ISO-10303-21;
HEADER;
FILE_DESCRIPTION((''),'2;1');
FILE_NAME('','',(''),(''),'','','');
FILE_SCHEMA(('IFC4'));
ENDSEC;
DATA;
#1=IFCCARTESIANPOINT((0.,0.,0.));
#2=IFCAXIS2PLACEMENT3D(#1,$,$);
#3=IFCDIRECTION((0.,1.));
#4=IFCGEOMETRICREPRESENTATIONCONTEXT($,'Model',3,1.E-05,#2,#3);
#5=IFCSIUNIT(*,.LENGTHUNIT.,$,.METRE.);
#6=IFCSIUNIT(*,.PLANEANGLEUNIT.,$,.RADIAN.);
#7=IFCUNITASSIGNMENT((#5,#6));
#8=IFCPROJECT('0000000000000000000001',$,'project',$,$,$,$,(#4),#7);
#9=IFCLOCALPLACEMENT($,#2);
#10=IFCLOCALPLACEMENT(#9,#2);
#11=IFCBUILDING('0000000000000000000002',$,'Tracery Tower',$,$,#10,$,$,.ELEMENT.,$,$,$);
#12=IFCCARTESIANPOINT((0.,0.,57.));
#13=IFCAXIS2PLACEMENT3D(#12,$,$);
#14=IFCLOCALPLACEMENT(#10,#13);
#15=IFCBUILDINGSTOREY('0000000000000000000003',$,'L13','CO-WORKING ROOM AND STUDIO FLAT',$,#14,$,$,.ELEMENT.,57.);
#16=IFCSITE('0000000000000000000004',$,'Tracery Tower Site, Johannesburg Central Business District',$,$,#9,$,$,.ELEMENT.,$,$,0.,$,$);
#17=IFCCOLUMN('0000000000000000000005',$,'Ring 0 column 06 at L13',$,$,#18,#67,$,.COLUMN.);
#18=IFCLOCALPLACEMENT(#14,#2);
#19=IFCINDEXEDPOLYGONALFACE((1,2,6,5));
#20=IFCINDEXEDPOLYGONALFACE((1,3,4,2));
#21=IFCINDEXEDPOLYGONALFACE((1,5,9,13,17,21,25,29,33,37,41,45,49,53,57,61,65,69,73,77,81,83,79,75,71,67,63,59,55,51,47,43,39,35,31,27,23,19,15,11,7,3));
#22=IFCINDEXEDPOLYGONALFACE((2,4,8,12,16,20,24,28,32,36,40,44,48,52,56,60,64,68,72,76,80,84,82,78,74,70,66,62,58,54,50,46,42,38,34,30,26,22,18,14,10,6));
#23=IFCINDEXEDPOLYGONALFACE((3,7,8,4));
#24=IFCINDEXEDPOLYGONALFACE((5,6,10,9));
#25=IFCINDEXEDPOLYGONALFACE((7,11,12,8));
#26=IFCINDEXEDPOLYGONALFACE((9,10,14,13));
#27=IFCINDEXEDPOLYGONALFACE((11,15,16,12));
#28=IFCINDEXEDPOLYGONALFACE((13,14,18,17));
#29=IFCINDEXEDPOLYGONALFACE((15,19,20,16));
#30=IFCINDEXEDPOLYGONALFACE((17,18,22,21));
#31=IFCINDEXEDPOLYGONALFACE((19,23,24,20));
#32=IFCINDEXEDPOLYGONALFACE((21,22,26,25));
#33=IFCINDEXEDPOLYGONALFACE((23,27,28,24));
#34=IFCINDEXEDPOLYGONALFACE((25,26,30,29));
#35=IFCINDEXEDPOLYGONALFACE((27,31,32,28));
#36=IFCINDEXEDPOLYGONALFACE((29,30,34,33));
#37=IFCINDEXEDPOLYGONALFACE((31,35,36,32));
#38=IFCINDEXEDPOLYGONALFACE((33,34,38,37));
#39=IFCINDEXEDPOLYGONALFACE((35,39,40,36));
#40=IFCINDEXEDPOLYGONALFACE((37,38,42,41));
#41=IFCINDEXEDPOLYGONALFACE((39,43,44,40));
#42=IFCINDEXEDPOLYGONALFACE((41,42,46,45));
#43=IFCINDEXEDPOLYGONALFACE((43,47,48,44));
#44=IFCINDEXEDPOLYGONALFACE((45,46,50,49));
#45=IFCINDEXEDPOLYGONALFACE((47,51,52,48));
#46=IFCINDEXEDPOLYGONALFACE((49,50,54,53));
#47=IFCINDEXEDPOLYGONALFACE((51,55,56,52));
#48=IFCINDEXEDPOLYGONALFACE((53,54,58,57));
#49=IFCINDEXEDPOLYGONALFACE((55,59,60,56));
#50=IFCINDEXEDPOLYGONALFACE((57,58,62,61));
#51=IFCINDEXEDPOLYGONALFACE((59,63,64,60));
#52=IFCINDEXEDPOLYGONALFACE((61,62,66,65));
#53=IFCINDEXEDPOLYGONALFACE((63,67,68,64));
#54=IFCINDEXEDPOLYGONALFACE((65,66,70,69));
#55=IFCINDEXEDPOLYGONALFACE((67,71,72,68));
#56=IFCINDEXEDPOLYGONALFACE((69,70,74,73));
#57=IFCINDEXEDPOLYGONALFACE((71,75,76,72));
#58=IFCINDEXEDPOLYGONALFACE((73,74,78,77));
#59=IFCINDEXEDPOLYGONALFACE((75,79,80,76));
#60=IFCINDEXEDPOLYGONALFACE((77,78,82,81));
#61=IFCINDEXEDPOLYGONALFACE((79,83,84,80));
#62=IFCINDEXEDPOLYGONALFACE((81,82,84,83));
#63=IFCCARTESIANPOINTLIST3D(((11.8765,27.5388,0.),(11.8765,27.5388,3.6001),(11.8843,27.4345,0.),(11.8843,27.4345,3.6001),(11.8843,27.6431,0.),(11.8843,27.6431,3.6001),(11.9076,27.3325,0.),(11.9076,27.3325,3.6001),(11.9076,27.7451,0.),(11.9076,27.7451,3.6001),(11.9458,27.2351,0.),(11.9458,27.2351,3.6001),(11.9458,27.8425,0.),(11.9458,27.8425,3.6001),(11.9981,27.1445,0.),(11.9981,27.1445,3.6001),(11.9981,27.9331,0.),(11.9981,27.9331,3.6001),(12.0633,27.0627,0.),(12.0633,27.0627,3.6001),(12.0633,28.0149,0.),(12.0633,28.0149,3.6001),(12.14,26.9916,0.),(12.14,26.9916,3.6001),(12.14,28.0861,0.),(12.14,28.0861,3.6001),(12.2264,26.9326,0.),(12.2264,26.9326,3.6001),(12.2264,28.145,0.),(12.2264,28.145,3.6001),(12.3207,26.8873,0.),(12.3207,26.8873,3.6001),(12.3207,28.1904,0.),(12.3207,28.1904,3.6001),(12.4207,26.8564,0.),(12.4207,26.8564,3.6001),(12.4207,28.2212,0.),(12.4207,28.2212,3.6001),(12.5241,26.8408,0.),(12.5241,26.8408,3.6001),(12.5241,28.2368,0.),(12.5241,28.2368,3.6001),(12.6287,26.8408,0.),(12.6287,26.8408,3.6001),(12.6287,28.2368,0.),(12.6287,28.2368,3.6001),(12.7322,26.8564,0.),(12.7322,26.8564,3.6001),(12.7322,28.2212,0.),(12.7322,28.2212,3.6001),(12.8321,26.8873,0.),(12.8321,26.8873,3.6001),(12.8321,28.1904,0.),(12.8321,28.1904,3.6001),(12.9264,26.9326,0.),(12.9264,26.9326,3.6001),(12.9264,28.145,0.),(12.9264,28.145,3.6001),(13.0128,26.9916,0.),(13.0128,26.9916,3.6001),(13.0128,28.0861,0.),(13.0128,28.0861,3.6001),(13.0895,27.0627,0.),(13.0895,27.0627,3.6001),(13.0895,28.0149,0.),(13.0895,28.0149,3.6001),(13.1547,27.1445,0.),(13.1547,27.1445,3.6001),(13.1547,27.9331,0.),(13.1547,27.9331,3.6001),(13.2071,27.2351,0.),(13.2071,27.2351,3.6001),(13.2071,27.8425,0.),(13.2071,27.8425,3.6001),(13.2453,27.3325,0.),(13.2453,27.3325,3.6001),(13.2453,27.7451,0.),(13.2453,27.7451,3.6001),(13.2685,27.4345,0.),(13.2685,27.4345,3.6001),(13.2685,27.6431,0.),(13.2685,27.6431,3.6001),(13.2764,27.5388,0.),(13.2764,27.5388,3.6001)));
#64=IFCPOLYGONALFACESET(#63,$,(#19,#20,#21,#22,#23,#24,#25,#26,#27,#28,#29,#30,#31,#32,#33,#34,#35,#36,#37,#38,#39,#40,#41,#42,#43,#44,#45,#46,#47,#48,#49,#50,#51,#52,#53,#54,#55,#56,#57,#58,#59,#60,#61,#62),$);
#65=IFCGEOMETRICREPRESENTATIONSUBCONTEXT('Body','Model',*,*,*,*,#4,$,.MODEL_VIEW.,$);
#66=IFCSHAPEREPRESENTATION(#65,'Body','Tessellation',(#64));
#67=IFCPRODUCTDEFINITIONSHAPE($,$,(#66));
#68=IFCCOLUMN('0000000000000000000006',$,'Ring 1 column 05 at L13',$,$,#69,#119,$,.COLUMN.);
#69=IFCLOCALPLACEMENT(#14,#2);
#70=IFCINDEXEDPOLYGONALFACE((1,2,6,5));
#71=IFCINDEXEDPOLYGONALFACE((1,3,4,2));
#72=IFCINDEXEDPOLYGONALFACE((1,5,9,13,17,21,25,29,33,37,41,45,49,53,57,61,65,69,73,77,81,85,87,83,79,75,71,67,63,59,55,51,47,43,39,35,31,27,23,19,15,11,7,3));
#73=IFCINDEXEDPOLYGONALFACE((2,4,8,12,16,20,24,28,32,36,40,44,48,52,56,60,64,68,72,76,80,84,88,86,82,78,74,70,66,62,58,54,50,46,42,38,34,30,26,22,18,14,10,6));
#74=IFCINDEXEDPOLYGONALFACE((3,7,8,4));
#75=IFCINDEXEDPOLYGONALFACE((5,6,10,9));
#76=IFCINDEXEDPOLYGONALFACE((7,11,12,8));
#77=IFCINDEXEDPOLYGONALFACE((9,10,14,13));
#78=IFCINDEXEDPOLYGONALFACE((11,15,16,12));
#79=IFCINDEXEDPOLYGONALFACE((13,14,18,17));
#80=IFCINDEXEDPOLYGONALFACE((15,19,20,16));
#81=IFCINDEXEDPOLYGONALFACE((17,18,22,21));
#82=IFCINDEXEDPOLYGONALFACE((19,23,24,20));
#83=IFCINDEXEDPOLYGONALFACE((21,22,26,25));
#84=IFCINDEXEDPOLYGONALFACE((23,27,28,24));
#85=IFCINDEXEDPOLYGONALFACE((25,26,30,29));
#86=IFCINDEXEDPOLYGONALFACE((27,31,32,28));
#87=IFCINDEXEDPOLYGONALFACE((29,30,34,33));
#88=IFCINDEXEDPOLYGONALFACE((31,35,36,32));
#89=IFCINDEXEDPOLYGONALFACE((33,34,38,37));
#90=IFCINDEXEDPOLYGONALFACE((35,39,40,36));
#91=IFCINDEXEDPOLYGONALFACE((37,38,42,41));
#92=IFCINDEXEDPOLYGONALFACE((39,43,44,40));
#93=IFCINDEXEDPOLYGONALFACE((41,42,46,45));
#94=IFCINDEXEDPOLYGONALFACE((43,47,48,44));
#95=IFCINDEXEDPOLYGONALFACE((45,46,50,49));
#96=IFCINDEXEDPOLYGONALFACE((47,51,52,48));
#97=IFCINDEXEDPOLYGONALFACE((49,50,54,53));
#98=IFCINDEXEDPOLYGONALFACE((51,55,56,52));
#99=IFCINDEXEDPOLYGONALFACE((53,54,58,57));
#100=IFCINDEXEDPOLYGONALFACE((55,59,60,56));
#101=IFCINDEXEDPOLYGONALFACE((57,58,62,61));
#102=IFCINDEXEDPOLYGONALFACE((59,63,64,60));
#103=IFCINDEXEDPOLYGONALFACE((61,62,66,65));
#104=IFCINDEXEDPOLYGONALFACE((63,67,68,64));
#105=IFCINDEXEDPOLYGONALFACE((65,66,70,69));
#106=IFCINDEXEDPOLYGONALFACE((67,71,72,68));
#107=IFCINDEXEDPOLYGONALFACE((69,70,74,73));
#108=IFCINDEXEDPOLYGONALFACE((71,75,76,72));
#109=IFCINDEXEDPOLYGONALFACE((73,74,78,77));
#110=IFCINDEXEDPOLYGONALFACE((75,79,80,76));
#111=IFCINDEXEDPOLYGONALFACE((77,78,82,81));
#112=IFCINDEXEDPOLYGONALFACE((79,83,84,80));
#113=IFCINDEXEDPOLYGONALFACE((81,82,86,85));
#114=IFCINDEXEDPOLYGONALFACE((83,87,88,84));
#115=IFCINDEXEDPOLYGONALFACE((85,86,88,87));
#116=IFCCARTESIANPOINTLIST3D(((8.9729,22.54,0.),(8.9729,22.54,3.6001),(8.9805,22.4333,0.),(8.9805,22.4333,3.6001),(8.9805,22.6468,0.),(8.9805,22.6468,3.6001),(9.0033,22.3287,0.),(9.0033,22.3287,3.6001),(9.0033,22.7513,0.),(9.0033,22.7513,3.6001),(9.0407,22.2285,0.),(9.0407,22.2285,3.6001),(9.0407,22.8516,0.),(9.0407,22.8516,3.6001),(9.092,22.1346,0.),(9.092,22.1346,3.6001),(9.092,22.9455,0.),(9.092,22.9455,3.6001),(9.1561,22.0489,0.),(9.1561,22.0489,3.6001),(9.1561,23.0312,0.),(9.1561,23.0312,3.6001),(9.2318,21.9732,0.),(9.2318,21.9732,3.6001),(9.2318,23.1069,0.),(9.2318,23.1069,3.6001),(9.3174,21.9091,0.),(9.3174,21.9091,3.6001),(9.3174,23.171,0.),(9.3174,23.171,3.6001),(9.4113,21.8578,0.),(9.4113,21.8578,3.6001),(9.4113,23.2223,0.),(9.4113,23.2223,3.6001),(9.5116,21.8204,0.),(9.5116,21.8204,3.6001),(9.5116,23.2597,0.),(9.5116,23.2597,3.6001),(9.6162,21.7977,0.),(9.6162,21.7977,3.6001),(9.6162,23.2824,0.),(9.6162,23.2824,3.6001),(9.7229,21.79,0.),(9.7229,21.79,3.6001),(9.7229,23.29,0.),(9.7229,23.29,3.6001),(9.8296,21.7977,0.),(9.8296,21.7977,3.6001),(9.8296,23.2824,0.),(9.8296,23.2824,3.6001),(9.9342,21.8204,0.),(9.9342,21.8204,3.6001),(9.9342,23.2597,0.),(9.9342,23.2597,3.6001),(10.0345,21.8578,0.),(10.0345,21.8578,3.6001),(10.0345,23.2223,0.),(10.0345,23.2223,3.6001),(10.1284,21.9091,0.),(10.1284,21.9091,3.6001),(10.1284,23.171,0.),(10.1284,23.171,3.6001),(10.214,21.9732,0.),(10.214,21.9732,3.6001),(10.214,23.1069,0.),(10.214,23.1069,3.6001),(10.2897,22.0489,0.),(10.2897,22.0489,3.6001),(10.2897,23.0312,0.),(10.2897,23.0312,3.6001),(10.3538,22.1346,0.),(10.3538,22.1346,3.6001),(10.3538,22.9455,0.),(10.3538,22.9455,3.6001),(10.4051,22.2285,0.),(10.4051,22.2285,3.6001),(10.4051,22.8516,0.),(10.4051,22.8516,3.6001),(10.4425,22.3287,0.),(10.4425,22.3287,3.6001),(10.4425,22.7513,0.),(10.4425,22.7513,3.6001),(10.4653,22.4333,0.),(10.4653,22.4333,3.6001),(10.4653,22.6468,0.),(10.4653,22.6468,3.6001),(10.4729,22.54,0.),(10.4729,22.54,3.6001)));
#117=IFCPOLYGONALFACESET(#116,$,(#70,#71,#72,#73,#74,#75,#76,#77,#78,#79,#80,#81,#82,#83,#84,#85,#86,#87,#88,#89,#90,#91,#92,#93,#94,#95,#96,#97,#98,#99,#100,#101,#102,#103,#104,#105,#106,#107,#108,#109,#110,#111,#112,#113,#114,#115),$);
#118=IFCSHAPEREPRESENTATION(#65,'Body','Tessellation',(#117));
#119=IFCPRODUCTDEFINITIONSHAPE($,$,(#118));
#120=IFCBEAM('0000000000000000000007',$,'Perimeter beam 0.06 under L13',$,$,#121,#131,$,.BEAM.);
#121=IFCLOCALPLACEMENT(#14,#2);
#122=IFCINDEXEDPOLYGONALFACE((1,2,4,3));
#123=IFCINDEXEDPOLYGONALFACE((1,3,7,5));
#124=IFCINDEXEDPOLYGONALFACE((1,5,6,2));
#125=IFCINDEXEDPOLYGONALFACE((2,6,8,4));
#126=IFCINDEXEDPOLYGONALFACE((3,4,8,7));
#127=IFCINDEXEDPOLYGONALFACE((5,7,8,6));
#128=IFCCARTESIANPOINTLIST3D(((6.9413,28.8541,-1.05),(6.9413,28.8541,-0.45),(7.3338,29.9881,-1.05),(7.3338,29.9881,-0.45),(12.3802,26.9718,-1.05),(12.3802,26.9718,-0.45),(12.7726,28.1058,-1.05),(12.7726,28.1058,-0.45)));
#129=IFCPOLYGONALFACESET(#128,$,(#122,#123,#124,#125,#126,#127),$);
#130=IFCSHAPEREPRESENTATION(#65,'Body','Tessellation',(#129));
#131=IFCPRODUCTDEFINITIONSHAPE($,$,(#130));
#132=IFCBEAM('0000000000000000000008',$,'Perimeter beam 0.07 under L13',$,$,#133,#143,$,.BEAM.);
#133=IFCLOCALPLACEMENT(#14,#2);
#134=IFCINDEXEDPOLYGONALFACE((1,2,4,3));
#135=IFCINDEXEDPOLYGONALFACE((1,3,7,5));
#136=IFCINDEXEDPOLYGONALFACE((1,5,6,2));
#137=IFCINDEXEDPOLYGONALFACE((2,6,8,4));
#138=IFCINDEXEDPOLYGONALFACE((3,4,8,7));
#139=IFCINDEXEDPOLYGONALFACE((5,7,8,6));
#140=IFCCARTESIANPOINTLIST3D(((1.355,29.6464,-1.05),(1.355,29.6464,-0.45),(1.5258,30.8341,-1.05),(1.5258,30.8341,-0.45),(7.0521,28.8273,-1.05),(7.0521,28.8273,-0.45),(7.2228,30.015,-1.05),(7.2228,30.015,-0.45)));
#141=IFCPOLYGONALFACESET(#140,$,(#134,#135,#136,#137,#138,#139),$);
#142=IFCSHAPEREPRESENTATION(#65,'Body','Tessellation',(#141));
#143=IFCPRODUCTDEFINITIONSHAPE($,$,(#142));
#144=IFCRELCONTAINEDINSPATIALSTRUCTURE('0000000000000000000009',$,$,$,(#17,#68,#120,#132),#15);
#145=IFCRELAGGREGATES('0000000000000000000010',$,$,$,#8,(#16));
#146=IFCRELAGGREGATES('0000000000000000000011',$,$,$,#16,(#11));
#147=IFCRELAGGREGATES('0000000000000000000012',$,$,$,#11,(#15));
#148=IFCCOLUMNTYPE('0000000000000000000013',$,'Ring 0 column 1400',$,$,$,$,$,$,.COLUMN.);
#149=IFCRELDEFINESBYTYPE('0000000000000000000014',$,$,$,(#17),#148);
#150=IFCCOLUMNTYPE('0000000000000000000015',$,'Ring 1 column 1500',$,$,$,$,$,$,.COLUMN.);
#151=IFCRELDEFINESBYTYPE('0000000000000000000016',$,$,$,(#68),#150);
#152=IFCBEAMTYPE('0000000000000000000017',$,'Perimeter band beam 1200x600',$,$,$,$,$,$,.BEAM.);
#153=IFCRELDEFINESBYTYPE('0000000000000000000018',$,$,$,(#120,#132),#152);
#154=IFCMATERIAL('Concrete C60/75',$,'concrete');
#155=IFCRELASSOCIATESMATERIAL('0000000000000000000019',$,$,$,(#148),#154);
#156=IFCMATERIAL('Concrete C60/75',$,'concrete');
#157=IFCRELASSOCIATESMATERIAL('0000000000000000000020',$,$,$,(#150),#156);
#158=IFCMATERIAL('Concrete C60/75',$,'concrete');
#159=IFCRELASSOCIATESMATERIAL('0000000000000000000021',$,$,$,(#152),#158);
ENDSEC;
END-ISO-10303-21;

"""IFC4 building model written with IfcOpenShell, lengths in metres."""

from ifc_helpers import new_model, si_unit, direction, frame, origin, origin_2d, place, context, subcontext, project, spatial, rectangle, circle, extrude, material, material_profile, profile_set, type_object, element, save


model = new_model("IFC4")

# Units and contexts
model_context = context("Model", 3, precision=1e-05, world=origin(), true_north=direction((0.0, 1.0)))
body_context = subcontext(model_context, "Body", "Model", "MODEL_VIEW")
ifc_project = project(units=[si_unit("LENGTHUNIT", "METRE"), si_unit("PLANEANGLEUNIT", "RADIAN")], contexts=[model_context])

# Site, building, storey
site_placement = place(None, origin())
site = spatial("IfcSite", under=ifc_project, at=site_placement, Name="Tracery Tower Site, Johannesburg Central Business District", CompositionType="ELEMENT", RefElevation=0.0)
building_placement = place(site_placement, origin())
building = spatial("IfcBuilding", under=site, at=building_placement, Name="Tracery Tower", CompositionType="ELEMENT")
storey_placement = place(building_placement, frame((0.0, 0.0, 57.0)))
storey = spatial("IfcBuildingStorey", under=building, at=storey_placement, Name="L13", Description="CO-WORKING ROOM AND STUDIO FLAT", CompositionType="ELEMENT", Elevation=57.0)

# Columns
ifc_material_1 = material(Name="Concrete C60/75", Category="concrete")
ifc_material_profile_1 = material_profile(ifc_material_1, circle(Radius=0.7, at=origin_2d()), Name="RC D1400")
ifc_profile_set_1 = profile_set([ifc_material_profile_1], Name="Concrete C60/75")
column_type_1 = type_object("IfcColumnType", Name="Ring 0 column 1400", PredefinedType="COLUMN", material=ifc_profile_set_1)
column_1_placement = place(storey_placement, frame((12.5764, 27.5388, 0.0), z_axis=(0.0, 0.0, 1.0), x_axis=(1.0, 0.0, 0.0)))
element("IfcColumn", 1, at=column_1_placement, inside=storey, type_object=column_type_1, Name="Ring 0 column 06 at L13", PredefinedType="COLUMN", context=body_context, shape_type="SweptSolid", body=[
    extrude(circle(Radius=0.7, at=origin_2d()), origin(), (0.0, 0.0, 1.0), 3.6001),
])
ifc_material_2 = material(Name="Concrete C60/75", Category="concrete")
ifc_material_profile_2 = material_profile(ifc_material_2, circle(Radius=0.75, at=origin_2d()), Name="RC D1500")
ifc_profile_set_2 = profile_set([ifc_material_profile_2], Name="Concrete C60/75")
column_type_2 = type_object("IfcColumnType", Name="Ring 1 column 1500", PredefinedType="COLUMN", material=ifc_profile_set_2)
column_2_placement = place(storey_placement, frame((9.7229, 22.54, 0.0), z_axis=(0.0, 0.0, 1.0), x_axis=(1.0, 0.0, 0.0)))
element("IfcColumn", 2, at=column_2_placement, inside=storey, type_object=column_type_2, Name="Ring 1 column 05 at L13", PredefinedType="COLUMN", context=body_context, shape_type="SweptSolid", body=[
    extrude(circle(Radius=0.75, at=origin_2d()), origin(), (0.0, 0.0, 1.0), 3.6001),
])

# Beams
ifc_material_3 = material(Name="Concrete C60/75", Category="concrete")
ifc_material_profile_3 = material_profile(ifc_material_3, rectangle(XDim=1.2, YDim=0.6001, at=origin_2d()), Name="RC 1200x600")
ifc_profile_set_3 = profile_set([ifc_material_profile_3], Name="Concrete C60/75")
beam_type = type_object("IfcBeamType", Name="Perimeter band beam 1200x600", PredefinedType="BEAM", material=ifc_profile_set_3)
beam_1_placement = place(storey_placement, frame((12.5764, 27.5388, -0.75), z_axis=(-0.945007, 0.327049, 0.0), x_axis=(-0.327049, -0.945007, 0.0)))
element("IfcBeam", 3, at=beam_1_placement, inside=storey, type_object=beam_type, Name="Perimeter beam 0.06 under L13", PredefinedType="BEAM", context=body_context, shape_type="SweptSolid", body=[
    extrude(rectangle(XDim=1.2, YDim=0.6001, at=origin_2d()), origin(), (0.0, 0.0, 1.0), 5.7554),
])
beam_2_placement = place(storey_placement, frame((7.1375, 29.4211, -0.75), z_axis=(-0.989822, 0.142312, 0.0), x_axis=(-0.142312, -0.989822, 0.0)))
element("IfcBeam", 4, at=beam_2_placement, inside=storey, type_object=beam_type, Name="Perimeter beam 0.07 under L13", PredefinedType="BEAM", context=body_context, shape_type="SweptSolid", body=[
    extrude(rectangle(XDim=1.2, YDim=0.6001, at=origin_2d()), origin(), (0.0, 0.0, 1.0), 5.7556),
])

save(model, "model.ifc")
